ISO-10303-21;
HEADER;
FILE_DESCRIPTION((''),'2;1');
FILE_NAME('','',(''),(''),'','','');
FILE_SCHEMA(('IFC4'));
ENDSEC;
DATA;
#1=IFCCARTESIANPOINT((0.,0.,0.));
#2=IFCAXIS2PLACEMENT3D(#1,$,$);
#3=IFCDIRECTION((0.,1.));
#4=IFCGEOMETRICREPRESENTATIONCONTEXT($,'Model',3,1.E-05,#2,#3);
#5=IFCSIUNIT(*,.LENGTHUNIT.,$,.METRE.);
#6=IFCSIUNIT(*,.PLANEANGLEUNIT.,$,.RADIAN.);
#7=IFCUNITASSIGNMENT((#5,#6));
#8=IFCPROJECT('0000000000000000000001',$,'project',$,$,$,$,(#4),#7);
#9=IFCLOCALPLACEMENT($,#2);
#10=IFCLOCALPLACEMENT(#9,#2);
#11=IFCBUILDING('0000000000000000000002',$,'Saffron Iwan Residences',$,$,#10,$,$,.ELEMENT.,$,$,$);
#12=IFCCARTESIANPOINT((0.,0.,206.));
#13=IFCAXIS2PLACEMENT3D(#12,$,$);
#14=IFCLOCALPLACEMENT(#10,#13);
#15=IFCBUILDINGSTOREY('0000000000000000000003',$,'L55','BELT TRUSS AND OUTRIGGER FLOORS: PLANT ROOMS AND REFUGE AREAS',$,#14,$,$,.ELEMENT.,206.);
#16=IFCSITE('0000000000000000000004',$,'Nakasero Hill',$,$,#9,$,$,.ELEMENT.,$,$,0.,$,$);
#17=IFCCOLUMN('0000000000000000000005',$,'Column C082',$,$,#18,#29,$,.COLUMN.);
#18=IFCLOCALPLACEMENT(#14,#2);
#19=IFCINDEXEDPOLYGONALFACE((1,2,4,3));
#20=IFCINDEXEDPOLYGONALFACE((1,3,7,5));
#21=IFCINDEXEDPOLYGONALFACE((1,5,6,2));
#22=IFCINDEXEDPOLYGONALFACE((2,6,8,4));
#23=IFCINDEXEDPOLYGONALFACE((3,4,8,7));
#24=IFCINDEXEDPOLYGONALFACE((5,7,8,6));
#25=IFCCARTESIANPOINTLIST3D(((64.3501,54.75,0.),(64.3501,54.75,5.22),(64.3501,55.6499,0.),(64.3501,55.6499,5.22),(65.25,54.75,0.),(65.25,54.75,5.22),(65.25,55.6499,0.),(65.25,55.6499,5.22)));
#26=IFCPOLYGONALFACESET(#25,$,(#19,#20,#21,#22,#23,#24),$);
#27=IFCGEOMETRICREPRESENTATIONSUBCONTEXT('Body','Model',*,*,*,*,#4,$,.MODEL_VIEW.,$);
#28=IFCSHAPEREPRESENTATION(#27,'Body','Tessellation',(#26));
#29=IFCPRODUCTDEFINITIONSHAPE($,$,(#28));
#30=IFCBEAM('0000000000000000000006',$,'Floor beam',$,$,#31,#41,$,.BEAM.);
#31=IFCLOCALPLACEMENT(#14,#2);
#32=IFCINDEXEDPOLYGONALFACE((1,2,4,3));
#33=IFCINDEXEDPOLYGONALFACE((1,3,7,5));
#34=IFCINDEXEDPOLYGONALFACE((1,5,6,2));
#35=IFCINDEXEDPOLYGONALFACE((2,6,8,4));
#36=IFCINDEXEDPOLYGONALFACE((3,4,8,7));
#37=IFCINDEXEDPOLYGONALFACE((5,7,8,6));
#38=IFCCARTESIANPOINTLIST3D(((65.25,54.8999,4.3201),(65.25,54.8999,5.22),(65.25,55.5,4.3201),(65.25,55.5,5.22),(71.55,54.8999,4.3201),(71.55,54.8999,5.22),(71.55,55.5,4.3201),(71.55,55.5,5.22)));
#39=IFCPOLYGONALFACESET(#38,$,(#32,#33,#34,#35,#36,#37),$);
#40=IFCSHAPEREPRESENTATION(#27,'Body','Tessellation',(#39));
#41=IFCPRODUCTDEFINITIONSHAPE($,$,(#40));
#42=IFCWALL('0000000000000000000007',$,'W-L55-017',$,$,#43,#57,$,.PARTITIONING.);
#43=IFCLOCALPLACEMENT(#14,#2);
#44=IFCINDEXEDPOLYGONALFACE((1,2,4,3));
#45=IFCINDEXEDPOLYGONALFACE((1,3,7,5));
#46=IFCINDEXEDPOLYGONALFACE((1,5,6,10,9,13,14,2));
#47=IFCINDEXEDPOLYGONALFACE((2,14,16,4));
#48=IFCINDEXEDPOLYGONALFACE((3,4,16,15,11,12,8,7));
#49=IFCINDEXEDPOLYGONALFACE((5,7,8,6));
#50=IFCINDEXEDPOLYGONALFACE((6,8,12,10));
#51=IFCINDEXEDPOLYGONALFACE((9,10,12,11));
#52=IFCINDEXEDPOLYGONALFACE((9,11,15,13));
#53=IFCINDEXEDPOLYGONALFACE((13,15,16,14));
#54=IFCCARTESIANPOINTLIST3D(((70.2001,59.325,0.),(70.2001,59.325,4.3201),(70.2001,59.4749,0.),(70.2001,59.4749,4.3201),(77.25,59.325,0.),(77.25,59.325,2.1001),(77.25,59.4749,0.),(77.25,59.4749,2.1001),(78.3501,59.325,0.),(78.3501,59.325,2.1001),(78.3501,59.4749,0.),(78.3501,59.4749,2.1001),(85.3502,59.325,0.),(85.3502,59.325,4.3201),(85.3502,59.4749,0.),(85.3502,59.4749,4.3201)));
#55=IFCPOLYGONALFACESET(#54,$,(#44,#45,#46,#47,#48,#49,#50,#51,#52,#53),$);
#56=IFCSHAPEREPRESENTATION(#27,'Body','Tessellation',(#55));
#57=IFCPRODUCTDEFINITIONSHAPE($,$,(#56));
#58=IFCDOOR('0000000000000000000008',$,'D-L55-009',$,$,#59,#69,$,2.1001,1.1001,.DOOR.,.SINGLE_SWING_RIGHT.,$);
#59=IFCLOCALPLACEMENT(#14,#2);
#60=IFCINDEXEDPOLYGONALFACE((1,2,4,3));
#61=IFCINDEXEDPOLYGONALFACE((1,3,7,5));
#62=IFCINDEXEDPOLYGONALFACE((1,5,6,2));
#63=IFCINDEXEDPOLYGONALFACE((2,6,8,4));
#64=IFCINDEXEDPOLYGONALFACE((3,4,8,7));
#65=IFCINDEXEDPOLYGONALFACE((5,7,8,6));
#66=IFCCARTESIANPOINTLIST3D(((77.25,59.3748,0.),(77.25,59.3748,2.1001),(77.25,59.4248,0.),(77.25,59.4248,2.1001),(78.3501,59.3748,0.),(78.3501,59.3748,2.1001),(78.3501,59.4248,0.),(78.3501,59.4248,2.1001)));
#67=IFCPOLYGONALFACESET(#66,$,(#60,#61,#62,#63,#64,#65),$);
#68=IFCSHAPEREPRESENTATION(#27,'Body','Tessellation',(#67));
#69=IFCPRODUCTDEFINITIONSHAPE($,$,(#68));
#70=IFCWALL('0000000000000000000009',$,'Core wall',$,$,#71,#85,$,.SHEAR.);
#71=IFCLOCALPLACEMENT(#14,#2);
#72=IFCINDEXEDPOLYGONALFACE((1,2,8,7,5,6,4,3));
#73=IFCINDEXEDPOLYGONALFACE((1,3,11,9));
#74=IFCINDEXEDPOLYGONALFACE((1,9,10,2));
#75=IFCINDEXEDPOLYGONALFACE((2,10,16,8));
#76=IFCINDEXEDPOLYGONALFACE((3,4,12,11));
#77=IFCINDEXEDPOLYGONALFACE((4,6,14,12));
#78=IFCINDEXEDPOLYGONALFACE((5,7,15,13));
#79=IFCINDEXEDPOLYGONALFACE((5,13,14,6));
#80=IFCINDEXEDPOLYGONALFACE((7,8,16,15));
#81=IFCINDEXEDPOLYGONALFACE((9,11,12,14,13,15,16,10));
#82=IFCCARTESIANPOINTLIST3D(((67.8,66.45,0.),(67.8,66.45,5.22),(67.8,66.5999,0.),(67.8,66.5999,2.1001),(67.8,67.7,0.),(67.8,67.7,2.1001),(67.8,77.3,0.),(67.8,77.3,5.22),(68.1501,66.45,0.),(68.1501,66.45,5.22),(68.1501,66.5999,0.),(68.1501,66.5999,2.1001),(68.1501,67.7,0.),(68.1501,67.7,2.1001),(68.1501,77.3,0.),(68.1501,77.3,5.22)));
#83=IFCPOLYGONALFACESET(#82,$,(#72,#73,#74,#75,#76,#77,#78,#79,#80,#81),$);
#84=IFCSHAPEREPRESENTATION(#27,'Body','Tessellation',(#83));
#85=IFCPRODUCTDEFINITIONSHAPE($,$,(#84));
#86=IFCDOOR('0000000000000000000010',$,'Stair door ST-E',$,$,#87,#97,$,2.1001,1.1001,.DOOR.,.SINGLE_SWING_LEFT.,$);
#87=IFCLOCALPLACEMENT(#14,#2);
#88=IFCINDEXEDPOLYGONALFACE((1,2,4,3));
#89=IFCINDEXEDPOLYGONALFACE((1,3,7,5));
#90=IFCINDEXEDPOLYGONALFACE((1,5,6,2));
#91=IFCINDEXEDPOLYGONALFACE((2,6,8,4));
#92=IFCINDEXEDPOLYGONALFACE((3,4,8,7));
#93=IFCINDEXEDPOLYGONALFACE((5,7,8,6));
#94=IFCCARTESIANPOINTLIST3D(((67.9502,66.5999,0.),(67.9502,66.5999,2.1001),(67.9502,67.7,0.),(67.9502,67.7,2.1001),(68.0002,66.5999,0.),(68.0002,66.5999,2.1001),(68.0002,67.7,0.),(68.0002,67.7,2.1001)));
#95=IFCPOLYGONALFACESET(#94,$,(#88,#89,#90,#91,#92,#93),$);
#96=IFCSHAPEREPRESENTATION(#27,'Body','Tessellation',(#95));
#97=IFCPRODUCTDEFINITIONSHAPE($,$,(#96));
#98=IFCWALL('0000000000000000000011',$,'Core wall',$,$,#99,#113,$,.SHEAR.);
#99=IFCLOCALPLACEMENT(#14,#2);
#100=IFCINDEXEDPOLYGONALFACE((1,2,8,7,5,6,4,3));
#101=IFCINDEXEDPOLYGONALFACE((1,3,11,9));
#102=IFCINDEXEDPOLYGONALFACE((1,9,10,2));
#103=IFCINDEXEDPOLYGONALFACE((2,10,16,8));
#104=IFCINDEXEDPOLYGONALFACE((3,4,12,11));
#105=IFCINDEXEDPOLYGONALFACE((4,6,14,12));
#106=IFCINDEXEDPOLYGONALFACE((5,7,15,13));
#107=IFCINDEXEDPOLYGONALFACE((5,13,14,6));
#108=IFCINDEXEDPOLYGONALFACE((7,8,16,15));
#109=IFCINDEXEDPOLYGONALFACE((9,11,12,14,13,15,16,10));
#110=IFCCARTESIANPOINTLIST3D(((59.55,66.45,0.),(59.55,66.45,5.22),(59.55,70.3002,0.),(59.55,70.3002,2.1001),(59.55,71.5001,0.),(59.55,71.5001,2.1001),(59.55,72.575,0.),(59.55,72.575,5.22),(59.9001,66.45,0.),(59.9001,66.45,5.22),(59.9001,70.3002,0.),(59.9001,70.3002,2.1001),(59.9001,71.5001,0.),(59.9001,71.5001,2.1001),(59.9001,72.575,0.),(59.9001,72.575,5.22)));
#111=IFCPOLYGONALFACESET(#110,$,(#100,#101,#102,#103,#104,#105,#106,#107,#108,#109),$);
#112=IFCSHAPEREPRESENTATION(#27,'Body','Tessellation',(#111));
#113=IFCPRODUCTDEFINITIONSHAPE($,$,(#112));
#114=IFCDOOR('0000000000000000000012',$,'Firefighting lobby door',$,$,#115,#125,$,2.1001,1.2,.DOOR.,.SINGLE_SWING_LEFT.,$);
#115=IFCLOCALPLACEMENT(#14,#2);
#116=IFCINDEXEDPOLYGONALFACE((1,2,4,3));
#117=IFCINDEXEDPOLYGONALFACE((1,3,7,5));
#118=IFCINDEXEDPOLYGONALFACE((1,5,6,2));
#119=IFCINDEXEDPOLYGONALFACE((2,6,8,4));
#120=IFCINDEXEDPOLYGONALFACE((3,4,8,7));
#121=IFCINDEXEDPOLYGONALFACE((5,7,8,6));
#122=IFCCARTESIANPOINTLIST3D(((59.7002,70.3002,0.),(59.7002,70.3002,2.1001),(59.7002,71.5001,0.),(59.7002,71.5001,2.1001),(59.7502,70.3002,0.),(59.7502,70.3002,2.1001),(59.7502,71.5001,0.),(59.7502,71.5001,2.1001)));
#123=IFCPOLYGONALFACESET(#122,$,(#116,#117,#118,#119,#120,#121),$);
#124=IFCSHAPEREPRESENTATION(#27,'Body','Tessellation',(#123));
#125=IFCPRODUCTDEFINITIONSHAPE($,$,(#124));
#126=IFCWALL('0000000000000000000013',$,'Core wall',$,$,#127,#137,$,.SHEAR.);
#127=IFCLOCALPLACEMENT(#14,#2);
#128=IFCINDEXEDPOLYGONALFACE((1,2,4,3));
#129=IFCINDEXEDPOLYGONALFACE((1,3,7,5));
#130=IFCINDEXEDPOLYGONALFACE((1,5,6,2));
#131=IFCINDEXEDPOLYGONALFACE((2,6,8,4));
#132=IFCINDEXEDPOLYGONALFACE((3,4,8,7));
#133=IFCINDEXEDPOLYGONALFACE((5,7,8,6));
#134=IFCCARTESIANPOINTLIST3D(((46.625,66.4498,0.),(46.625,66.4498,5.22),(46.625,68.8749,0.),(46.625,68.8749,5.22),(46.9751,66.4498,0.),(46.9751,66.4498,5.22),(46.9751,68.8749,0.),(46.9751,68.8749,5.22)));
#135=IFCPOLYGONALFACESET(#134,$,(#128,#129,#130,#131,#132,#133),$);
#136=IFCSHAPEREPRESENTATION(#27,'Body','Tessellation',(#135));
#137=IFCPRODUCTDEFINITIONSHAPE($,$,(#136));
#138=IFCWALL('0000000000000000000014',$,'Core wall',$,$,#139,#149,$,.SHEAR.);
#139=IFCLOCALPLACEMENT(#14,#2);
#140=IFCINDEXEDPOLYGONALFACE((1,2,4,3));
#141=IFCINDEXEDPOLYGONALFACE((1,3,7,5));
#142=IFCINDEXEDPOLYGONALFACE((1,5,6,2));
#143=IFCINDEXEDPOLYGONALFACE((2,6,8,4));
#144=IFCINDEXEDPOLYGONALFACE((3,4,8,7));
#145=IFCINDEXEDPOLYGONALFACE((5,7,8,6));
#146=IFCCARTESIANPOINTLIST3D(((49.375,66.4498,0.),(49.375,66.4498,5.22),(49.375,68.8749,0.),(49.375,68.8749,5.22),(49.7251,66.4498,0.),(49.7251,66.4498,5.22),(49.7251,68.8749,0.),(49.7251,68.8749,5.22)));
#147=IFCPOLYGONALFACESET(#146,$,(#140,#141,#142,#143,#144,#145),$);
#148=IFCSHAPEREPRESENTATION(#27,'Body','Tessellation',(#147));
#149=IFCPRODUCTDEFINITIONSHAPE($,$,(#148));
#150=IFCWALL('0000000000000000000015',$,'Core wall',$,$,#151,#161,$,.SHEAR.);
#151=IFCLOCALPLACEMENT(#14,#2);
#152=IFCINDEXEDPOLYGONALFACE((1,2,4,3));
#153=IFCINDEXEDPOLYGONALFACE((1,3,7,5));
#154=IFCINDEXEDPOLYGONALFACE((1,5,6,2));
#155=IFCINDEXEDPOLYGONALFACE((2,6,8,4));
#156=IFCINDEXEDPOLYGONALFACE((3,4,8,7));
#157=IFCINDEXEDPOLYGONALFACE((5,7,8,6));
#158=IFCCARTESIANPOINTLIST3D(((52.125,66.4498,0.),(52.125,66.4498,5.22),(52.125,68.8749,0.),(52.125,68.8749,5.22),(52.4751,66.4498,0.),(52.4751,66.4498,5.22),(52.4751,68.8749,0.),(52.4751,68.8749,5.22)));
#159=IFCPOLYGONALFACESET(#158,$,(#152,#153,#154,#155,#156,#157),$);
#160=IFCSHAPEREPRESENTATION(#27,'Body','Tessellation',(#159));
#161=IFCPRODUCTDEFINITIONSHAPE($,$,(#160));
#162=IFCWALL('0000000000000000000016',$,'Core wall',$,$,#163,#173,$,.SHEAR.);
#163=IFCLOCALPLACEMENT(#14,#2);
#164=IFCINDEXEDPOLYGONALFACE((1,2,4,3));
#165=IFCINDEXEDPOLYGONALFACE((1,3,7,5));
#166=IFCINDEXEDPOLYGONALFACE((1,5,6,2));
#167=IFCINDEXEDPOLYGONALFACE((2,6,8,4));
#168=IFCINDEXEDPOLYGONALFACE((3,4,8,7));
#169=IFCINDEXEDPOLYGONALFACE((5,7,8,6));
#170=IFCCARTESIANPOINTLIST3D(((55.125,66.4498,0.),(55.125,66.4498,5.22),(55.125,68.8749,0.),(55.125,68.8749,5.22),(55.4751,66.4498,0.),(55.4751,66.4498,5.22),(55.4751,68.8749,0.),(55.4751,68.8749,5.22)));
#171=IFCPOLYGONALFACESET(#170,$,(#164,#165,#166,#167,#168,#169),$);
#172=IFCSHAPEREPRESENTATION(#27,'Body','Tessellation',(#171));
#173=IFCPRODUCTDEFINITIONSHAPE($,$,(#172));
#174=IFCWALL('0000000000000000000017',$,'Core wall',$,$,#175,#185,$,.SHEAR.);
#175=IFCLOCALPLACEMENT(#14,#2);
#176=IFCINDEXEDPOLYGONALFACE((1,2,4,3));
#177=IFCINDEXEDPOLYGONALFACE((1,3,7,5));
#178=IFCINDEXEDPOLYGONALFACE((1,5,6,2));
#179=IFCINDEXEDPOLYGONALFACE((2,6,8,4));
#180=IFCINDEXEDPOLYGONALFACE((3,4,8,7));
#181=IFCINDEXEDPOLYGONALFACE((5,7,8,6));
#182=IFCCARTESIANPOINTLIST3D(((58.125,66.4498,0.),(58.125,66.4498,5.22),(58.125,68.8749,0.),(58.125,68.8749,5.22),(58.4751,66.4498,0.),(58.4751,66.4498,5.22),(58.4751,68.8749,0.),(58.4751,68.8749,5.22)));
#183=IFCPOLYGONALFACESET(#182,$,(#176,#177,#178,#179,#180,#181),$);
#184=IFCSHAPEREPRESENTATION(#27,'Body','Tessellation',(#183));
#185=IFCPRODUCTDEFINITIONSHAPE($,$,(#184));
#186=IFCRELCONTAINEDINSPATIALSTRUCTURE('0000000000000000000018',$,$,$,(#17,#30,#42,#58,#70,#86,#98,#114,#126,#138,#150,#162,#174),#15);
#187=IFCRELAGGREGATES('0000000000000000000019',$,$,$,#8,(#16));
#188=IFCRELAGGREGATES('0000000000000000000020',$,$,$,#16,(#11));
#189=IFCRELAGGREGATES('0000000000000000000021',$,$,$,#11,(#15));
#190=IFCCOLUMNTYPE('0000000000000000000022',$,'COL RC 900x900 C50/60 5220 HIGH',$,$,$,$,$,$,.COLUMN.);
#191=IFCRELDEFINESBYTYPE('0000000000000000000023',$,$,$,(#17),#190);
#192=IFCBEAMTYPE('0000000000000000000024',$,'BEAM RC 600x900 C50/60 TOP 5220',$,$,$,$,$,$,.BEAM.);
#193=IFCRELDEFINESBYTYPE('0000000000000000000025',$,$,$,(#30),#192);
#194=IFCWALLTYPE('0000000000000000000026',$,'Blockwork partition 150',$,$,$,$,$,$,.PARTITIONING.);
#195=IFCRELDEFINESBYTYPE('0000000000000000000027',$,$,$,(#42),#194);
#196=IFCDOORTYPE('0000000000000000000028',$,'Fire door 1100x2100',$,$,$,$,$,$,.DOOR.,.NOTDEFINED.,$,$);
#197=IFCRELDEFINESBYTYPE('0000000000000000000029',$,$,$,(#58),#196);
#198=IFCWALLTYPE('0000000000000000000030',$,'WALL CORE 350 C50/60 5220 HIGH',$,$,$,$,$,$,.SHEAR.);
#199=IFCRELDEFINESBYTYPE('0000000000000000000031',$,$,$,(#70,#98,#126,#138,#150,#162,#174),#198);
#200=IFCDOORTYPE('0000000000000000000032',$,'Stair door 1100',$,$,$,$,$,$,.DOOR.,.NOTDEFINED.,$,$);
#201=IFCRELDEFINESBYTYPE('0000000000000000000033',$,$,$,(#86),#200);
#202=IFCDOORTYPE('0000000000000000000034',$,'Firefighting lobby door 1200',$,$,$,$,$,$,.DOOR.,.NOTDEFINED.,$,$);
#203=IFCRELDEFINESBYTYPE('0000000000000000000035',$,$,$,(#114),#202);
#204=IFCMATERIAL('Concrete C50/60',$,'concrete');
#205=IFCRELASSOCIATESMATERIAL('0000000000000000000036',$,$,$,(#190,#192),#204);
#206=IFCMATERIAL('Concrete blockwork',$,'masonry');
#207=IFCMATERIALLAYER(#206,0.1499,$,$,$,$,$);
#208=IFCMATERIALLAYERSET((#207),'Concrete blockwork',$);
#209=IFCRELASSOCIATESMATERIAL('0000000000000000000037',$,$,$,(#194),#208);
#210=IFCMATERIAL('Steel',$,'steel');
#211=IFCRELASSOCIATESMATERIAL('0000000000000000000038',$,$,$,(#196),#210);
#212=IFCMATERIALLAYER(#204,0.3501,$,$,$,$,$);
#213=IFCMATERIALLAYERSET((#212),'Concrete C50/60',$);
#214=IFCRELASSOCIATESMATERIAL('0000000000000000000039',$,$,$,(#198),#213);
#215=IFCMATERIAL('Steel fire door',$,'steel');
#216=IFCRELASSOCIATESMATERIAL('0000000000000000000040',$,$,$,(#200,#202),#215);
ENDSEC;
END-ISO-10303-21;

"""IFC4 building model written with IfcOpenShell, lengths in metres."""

from ifc_helpers import new_model, si_unit, direction, frame, frame_2d, origin, origin_2d, place, context, subcontext, project, spatial, rectangle, extrude, source, transform, mapped, material, layer, layer_set, material_profile, profile_set, type_object, element, fill, save


model = new_model("IFC4")

# Units and contexts
model_context = context("Model", 3, precision=1e-05, world=origin(), true_north=direction((0.0, 1.0)))
body_context = subcontext(model_context, "Body", "Model", "MODEL_VIEW")
ifc_project = project(units=[si_unit("LENGTHUNIT", "METRE"), si_unit("PLANEANGLEUNIT", "RADIAN")], contexts=[model_context])

# Site, building, storey
site_placement = place(None, origin())
site = spatial("IfcSite", under=ifc_project, at=site_placement, Name="Nakasero Hill", CompositionType="ELEMENT", RefElevation=0.0)
building_placement = place(site_placement, origin())
building = spatial("IfcBuilding", under=site, at=building_placement, Name="Saffron Iwan Residences", CompositionType="ELEMENT")
storey_placement = place(building_placement, frame((0.0, 0.0, 206.0)))
storey = spatial("IfcBuildingStorey", under=building, at=storey_placement, Name="L55", Description="BELT TRUSS AND OUTRIGGER FLOORS: PLANT ROOMS AND REFUGE AREAS", CompositionType="ELEMENT", Elevation=206.0)

# Column
ifc_material_1 = material(Name="Concrete C50/60", Category="concrete")
ifc_material_profile_1 = material_profile(ifc_material_1, rectangle(XDim=0.8999, YDim=0.8999, at=origin_2d()), Name="RC 900x900")
ifc_profile_set_1 = profile_set([ifc_material_profile_1], Name="Concrete C50/60")
column_type = type_object("IfcColumnType", Name="COL RC 900x900 C50/60 5220 HIGH", PredefinedType="COLUMN", material=ifc_profile_set_1)
shared_shape_1 = source(origin(), body_context, "Body", "SweptSolid", [
    extrude(rectangle(XDim=0.8999, YDim=0.8999, at=origin_2d()), origin(), (0.0, 0.0, 1.0), 5.22),
])
column_placement = place(storey_placement, frame((64.8, 55.2, 0.0), z_axis=(0.0, 0.0, 1.0), x_axis=(1.0, 0.0, 0.0)))
element("IfcColumn", 1, at=column_placement, inside=storey, type_object=column_type, Name="Column C082", PredefinedType="COLUMN", context=body_context, shape_type="MappedRepresentation", body=[
    mapped(shared_shape_1, transform((0.0, 0.0, 0.0))),
])

# Beam
ifc_material_profile_2 = material_profile(ifc_material_1, rectangle(XDim=0.6001, YDim=0.8999, at=origin_2d()), Name="RC 600x900")
ifc_profile_set_2 = profile_set([ifc_material_profile_2], Name="Concrete C50/60")
beam_type = type_object("IfcBeamType", Name="BEAM RC 600x900 C50/60 TOP 5220", PredefinedType="BEAM", material=ifc_profile_set_2)
shared_shape_2 = source(origin(), body_context, "Body", "SweptSolid", [
    extrude(rectangle(XDim=0.6001, YDim=0.8999, at=origin_2d()), origin(), (0.0, 0.0, 1.0), 6.3),
])
beam_placement = place(storey_placement, frame((65.25, 55.2, 4.77), z_axis=(1.0, 0.0, 0.0), x_axis=(0.0, 1.0, 0.0)))
element("IfcBeam", 2, at=beam_placement, inside=storey, type_object=beam_type, Name="Floor beam", PredefinedType="BEAM", context=body_context, shape_type="MappedRepresentation", body=[
    mapped(shared_shape_2, transform((0.0, 0.0, 0.0))),
])

# Walls, openings, doors
ifc_material_2 = material(Name="Concrete blockwork", Category="masonry")
ifc_layer_1 = layer(ifc_material_2, 0.1499)
ifc_layer_set_1 = layer_set([ifc_layer_1], Name="Concrete blockwork")
wall_type_1 = type_object("IfcWallType", Name="Blockwork partition 150", PredefinedType="PARTITIONING", material=ifc_layer_set_1)
wall_1_placement = place(storey_placement, frame((70.2, 59.3999, 0.0), z_axis=(0.0, 0.0, 1.0), x_axis=(1.0, 0.0, 0.0)))
wall_1 = element("IfcWall", 3, at=wall_1_placement, inside=storey, type_object=wall_type_1, Name="W-L55-017", PredefinedType="PARTITIONING", context=body_context, shape_type="SweptSolid", body=[
    extrude(rectangle(XDim=15.1501, YDim=0.1499, at=frame_2d((7.5752, 0.0))), origin(), (0.0, 0.0, 1.0), 4.3201),
])
opening_1_placement = place(wall_1_placement, frame((7.05, 0.0, 0.0)))
opening_1 = element("IfcOpeningElement", 4, at=opening_1_placement, cuts=wall_1, PredefinedType="OPENING", context=body_context, shape_type="SweptSolid", body=[
    extrude(rectangle(XDim=1.1001, YDim=2.1001, at=frame_2d((0.55, 1.05))), frame((0.0, 0.085, 0.0), z_axis=(0.0, -1.0, 0.0), x_axis=(1.0, 0.0, 0.0)), (0.0, 0.0, 1.0), 0.1699),
])
ifc_material_3 = material(Name="Steel", Category="steel")
door_type_1 = type_object("IfcDoorType", Name="Fire door 1100x2100", OperationType="NOTDEFINED", PredefinedType="DOOR", material=ifc_material_3)
door_1_placement = place(opening_1_placement, origin())
door_1 = element("IfcDoor", 5, at=door_1_placement, inside=storey, type_object=door_type_1, Name="D-L55-009", OperationType="SINGLE_SWING_RIGHT", OverallHeight=2.1001, OverallWidth=1.1001, PredefinedType="DOOR", context=body_context, shape_type="SweptSolid", body=[
    extrude(rectangle(XDim=1.1001, YDim=2.1001, at=frame_2d((0.55, 1.05))), frame((0.0, 0.0249, 0.0), z_axis=(0.0, -1.0, 0.0), x_axis=(1.0, 0.0, 0.0)), (0.0, 0.0, 1.0), 0.05),
])
fill(opening_1, door_1)
ifc_layer_2 = layer(ifc_material_1, 0.3501)
ifc_layer_set_2 = layer_set([ifc_layer_2], Name="Concrete C50/60")
wall_type_2 = type_object("IfcWallType", Name="WALL CORE 350 C50/60 5220 HIGH", PredefinedType="SHEAR", material=ifc_layer_set_2)
wall_2_placement = place(storey_placement, frame((67.9751, 66.45, 0.0), z_axis=(0.0, 0.0, 1.0), x_axis=(0.0, 1.0, 0.0)))
wall_2 = element("IfcWall", 6, at=wall_2_placement, inside=storey, type_object=wall_type_2, Name="Core wall", PredefinedType="SHEAR", context=body_context, shape_type="SweptSolid", body=[
    extrude(rectangle(XDim=10.8501, YDim=0.3501, at=frame_2d((5.425, 0.0))), origin(), (0.0, 0.0, 1.0), 5.22),
])
opening_2_placement = place(wall_2_placement, frame((0.1499, 0.0, 0.0)))
opening_2 = element("IfcOpeningElement", 7, at=opening_2_placement, cuts=wall_2, PredefinedType="OPENING", context=body_context, shape_type="SweptSolid", body=[
    extrude(rectangle(XDim=1.1001, YDim=2.1001, at=frame_2d((0.55, 1.05))), frame((0.0, 0.1851, 0.0), z_axis=(0.0, -1.0, 0.0), x_axis=(1.0, 0.0, 0.0)), (0.0, 0.0, 1.0), 0.3701),
])
ifc_material_4 = material(Name="Steel fire door", Category="steel")
door_type_2 = type_object("IfcDoorType", Name="Stair door 1100", OperationType="NOTDEFINED", PredefinedType="DOOR", material=ifc_material_4)
door_2_placement = place(opening_2_placement, origin())
door_2 = element("IfcDoor", 8, at=door_2_placement, inside=storey, type_object=door_type_2, Name="Stair door ST-E", OperationType="SINGLE_SWING_LEFT", OverallHeight=2.1001, OverallWidth=1.1001, PredefinedType="DOOR", context=body_context, shape_type="SweptSolid", body=[
    extrude(rectangle(XDim=1.1001, YDim=2.1001, at=frame_2d((0.55, 1.05))), frame((0.0, 0.0249, 0.0), z_axis=(0.0, -1.0, 0.0), x_axis=(1.0, 0.0, 0.0)), (0.0, 0.0, 1.0), 0.05),
])
fill(opening_2, door_2)
wall_3_placement = place(storey_placement, frame((59.7251, 66.45, 0.0), z_axis=(0.0, 0.0, 1.0), x_axis=(0.0, 1.0, 0.0)))
wall_3 = element("IfcWall", 9, at=wall_3_placement, inside=storey, type_object=wall_type_2, Name="Core wall", PredefinedType="SHEAR", context=body_context, shape_type="SweptSolid", body=[
    extrude(rectangle(XDim=6.125, YDim=0.3501, at=frame_2d((3.0625, 0.0))), origin(), (0.0, 0.0, 1.0), 5.22),
])
opening_3_placement = place(wall_3_placement, frame((3.8501, 0.0, 0.0)))
opening_3 = element("IfcOpeningElement", 10, at=opening_3_placement, cuts=wall_3, PredefinedType="OPENING", context=body_context, shape_type="SweptSolid", body=[
    extrude(rectangle(XDim=1.2, YDim=2.1001, at=frame_2d((0.6001, 1.05))), frame((0.0, 0.1851, 0.0), z_axis=(0.0, -1.0, 0.0), x_axis=(1.0, 0.0, 0.0)), (0.0, 0.0, 1.0), 0.3701),
])
door_type_3 = type_object("IfcDoorType", Name="Firefighting lobby door 1200", OperationType="NOTDEFINED", PredefinedType="DOOR", material=ifc_material_4)
door_3_placement = place(opening_3_placement, origin())
door_3 = element("IfcDoor", 11, at=door_3_placement, inside=storey, type_object=door_type_3, Name="Firefighting lobby door", OperationType="SINGLE_SWING_LEFT", OverallHeight=2.1001, OverallWidth=1.2, PredefinedType="DOOR", context=body_context, shape_type="SweptSolid", body=[
    extrude(rectangle(XDim=1.2, YDim=2.1001, at=frame_2d((0.6001, 1.05))), frame((0.0, 0.0249, 0.0), z_axis=(0.0, -1.0, 0.0), x_axis=(1.0, 0.0, 0.0)), (0.0, 0.0, 1.0), 0.05),
])
fill(opening_3, door_3)

# Walls
for number, where, z_axis, x_axis, name in (
    (12, (46.8, 66.45, 0.0), (0.0, 0.0, 1.0), (0.0, 1.0, 0.0), "Core wall"),
    (13, (49.55, 66.45, 0.0), (0.0, 0.0, 1.0), (0.0, 1.0, 0.0), "Core wall"),
    (14, (52.3, 66.45, 0.0), (0.0, 0.0, 1.0), (0.0, 1.0, 0.0), "Core wall"),
    (15, (55.3, 66.45, 0.0), (0.0, 0.0, 1.0), (0.0, 1.0, 0.0), "Core wall"),
    (16, (58.3, 66.45, 0.0), (0.0, 0.0, 1.0), (0.0, 1.0, 0.0), "Core wall"),
):
    element("IfcWall", number, at=place(storey_placement, frame(where, z_axis=z_axis, x_axis=x_axis)), inside=storey, type_object=wall_type_2, Name=name, PredefinedType="SHEAR", context=body_context, shape_type="SweptSolid", body=[
        extrude(rectangle(XDim=2.425, YDim=0.3501, at=frame_2d((1.2124, 0.0))), origin(), (0.0, 0.0, 1.0), 5.22),
    ])

save(model, "model.ifc")
